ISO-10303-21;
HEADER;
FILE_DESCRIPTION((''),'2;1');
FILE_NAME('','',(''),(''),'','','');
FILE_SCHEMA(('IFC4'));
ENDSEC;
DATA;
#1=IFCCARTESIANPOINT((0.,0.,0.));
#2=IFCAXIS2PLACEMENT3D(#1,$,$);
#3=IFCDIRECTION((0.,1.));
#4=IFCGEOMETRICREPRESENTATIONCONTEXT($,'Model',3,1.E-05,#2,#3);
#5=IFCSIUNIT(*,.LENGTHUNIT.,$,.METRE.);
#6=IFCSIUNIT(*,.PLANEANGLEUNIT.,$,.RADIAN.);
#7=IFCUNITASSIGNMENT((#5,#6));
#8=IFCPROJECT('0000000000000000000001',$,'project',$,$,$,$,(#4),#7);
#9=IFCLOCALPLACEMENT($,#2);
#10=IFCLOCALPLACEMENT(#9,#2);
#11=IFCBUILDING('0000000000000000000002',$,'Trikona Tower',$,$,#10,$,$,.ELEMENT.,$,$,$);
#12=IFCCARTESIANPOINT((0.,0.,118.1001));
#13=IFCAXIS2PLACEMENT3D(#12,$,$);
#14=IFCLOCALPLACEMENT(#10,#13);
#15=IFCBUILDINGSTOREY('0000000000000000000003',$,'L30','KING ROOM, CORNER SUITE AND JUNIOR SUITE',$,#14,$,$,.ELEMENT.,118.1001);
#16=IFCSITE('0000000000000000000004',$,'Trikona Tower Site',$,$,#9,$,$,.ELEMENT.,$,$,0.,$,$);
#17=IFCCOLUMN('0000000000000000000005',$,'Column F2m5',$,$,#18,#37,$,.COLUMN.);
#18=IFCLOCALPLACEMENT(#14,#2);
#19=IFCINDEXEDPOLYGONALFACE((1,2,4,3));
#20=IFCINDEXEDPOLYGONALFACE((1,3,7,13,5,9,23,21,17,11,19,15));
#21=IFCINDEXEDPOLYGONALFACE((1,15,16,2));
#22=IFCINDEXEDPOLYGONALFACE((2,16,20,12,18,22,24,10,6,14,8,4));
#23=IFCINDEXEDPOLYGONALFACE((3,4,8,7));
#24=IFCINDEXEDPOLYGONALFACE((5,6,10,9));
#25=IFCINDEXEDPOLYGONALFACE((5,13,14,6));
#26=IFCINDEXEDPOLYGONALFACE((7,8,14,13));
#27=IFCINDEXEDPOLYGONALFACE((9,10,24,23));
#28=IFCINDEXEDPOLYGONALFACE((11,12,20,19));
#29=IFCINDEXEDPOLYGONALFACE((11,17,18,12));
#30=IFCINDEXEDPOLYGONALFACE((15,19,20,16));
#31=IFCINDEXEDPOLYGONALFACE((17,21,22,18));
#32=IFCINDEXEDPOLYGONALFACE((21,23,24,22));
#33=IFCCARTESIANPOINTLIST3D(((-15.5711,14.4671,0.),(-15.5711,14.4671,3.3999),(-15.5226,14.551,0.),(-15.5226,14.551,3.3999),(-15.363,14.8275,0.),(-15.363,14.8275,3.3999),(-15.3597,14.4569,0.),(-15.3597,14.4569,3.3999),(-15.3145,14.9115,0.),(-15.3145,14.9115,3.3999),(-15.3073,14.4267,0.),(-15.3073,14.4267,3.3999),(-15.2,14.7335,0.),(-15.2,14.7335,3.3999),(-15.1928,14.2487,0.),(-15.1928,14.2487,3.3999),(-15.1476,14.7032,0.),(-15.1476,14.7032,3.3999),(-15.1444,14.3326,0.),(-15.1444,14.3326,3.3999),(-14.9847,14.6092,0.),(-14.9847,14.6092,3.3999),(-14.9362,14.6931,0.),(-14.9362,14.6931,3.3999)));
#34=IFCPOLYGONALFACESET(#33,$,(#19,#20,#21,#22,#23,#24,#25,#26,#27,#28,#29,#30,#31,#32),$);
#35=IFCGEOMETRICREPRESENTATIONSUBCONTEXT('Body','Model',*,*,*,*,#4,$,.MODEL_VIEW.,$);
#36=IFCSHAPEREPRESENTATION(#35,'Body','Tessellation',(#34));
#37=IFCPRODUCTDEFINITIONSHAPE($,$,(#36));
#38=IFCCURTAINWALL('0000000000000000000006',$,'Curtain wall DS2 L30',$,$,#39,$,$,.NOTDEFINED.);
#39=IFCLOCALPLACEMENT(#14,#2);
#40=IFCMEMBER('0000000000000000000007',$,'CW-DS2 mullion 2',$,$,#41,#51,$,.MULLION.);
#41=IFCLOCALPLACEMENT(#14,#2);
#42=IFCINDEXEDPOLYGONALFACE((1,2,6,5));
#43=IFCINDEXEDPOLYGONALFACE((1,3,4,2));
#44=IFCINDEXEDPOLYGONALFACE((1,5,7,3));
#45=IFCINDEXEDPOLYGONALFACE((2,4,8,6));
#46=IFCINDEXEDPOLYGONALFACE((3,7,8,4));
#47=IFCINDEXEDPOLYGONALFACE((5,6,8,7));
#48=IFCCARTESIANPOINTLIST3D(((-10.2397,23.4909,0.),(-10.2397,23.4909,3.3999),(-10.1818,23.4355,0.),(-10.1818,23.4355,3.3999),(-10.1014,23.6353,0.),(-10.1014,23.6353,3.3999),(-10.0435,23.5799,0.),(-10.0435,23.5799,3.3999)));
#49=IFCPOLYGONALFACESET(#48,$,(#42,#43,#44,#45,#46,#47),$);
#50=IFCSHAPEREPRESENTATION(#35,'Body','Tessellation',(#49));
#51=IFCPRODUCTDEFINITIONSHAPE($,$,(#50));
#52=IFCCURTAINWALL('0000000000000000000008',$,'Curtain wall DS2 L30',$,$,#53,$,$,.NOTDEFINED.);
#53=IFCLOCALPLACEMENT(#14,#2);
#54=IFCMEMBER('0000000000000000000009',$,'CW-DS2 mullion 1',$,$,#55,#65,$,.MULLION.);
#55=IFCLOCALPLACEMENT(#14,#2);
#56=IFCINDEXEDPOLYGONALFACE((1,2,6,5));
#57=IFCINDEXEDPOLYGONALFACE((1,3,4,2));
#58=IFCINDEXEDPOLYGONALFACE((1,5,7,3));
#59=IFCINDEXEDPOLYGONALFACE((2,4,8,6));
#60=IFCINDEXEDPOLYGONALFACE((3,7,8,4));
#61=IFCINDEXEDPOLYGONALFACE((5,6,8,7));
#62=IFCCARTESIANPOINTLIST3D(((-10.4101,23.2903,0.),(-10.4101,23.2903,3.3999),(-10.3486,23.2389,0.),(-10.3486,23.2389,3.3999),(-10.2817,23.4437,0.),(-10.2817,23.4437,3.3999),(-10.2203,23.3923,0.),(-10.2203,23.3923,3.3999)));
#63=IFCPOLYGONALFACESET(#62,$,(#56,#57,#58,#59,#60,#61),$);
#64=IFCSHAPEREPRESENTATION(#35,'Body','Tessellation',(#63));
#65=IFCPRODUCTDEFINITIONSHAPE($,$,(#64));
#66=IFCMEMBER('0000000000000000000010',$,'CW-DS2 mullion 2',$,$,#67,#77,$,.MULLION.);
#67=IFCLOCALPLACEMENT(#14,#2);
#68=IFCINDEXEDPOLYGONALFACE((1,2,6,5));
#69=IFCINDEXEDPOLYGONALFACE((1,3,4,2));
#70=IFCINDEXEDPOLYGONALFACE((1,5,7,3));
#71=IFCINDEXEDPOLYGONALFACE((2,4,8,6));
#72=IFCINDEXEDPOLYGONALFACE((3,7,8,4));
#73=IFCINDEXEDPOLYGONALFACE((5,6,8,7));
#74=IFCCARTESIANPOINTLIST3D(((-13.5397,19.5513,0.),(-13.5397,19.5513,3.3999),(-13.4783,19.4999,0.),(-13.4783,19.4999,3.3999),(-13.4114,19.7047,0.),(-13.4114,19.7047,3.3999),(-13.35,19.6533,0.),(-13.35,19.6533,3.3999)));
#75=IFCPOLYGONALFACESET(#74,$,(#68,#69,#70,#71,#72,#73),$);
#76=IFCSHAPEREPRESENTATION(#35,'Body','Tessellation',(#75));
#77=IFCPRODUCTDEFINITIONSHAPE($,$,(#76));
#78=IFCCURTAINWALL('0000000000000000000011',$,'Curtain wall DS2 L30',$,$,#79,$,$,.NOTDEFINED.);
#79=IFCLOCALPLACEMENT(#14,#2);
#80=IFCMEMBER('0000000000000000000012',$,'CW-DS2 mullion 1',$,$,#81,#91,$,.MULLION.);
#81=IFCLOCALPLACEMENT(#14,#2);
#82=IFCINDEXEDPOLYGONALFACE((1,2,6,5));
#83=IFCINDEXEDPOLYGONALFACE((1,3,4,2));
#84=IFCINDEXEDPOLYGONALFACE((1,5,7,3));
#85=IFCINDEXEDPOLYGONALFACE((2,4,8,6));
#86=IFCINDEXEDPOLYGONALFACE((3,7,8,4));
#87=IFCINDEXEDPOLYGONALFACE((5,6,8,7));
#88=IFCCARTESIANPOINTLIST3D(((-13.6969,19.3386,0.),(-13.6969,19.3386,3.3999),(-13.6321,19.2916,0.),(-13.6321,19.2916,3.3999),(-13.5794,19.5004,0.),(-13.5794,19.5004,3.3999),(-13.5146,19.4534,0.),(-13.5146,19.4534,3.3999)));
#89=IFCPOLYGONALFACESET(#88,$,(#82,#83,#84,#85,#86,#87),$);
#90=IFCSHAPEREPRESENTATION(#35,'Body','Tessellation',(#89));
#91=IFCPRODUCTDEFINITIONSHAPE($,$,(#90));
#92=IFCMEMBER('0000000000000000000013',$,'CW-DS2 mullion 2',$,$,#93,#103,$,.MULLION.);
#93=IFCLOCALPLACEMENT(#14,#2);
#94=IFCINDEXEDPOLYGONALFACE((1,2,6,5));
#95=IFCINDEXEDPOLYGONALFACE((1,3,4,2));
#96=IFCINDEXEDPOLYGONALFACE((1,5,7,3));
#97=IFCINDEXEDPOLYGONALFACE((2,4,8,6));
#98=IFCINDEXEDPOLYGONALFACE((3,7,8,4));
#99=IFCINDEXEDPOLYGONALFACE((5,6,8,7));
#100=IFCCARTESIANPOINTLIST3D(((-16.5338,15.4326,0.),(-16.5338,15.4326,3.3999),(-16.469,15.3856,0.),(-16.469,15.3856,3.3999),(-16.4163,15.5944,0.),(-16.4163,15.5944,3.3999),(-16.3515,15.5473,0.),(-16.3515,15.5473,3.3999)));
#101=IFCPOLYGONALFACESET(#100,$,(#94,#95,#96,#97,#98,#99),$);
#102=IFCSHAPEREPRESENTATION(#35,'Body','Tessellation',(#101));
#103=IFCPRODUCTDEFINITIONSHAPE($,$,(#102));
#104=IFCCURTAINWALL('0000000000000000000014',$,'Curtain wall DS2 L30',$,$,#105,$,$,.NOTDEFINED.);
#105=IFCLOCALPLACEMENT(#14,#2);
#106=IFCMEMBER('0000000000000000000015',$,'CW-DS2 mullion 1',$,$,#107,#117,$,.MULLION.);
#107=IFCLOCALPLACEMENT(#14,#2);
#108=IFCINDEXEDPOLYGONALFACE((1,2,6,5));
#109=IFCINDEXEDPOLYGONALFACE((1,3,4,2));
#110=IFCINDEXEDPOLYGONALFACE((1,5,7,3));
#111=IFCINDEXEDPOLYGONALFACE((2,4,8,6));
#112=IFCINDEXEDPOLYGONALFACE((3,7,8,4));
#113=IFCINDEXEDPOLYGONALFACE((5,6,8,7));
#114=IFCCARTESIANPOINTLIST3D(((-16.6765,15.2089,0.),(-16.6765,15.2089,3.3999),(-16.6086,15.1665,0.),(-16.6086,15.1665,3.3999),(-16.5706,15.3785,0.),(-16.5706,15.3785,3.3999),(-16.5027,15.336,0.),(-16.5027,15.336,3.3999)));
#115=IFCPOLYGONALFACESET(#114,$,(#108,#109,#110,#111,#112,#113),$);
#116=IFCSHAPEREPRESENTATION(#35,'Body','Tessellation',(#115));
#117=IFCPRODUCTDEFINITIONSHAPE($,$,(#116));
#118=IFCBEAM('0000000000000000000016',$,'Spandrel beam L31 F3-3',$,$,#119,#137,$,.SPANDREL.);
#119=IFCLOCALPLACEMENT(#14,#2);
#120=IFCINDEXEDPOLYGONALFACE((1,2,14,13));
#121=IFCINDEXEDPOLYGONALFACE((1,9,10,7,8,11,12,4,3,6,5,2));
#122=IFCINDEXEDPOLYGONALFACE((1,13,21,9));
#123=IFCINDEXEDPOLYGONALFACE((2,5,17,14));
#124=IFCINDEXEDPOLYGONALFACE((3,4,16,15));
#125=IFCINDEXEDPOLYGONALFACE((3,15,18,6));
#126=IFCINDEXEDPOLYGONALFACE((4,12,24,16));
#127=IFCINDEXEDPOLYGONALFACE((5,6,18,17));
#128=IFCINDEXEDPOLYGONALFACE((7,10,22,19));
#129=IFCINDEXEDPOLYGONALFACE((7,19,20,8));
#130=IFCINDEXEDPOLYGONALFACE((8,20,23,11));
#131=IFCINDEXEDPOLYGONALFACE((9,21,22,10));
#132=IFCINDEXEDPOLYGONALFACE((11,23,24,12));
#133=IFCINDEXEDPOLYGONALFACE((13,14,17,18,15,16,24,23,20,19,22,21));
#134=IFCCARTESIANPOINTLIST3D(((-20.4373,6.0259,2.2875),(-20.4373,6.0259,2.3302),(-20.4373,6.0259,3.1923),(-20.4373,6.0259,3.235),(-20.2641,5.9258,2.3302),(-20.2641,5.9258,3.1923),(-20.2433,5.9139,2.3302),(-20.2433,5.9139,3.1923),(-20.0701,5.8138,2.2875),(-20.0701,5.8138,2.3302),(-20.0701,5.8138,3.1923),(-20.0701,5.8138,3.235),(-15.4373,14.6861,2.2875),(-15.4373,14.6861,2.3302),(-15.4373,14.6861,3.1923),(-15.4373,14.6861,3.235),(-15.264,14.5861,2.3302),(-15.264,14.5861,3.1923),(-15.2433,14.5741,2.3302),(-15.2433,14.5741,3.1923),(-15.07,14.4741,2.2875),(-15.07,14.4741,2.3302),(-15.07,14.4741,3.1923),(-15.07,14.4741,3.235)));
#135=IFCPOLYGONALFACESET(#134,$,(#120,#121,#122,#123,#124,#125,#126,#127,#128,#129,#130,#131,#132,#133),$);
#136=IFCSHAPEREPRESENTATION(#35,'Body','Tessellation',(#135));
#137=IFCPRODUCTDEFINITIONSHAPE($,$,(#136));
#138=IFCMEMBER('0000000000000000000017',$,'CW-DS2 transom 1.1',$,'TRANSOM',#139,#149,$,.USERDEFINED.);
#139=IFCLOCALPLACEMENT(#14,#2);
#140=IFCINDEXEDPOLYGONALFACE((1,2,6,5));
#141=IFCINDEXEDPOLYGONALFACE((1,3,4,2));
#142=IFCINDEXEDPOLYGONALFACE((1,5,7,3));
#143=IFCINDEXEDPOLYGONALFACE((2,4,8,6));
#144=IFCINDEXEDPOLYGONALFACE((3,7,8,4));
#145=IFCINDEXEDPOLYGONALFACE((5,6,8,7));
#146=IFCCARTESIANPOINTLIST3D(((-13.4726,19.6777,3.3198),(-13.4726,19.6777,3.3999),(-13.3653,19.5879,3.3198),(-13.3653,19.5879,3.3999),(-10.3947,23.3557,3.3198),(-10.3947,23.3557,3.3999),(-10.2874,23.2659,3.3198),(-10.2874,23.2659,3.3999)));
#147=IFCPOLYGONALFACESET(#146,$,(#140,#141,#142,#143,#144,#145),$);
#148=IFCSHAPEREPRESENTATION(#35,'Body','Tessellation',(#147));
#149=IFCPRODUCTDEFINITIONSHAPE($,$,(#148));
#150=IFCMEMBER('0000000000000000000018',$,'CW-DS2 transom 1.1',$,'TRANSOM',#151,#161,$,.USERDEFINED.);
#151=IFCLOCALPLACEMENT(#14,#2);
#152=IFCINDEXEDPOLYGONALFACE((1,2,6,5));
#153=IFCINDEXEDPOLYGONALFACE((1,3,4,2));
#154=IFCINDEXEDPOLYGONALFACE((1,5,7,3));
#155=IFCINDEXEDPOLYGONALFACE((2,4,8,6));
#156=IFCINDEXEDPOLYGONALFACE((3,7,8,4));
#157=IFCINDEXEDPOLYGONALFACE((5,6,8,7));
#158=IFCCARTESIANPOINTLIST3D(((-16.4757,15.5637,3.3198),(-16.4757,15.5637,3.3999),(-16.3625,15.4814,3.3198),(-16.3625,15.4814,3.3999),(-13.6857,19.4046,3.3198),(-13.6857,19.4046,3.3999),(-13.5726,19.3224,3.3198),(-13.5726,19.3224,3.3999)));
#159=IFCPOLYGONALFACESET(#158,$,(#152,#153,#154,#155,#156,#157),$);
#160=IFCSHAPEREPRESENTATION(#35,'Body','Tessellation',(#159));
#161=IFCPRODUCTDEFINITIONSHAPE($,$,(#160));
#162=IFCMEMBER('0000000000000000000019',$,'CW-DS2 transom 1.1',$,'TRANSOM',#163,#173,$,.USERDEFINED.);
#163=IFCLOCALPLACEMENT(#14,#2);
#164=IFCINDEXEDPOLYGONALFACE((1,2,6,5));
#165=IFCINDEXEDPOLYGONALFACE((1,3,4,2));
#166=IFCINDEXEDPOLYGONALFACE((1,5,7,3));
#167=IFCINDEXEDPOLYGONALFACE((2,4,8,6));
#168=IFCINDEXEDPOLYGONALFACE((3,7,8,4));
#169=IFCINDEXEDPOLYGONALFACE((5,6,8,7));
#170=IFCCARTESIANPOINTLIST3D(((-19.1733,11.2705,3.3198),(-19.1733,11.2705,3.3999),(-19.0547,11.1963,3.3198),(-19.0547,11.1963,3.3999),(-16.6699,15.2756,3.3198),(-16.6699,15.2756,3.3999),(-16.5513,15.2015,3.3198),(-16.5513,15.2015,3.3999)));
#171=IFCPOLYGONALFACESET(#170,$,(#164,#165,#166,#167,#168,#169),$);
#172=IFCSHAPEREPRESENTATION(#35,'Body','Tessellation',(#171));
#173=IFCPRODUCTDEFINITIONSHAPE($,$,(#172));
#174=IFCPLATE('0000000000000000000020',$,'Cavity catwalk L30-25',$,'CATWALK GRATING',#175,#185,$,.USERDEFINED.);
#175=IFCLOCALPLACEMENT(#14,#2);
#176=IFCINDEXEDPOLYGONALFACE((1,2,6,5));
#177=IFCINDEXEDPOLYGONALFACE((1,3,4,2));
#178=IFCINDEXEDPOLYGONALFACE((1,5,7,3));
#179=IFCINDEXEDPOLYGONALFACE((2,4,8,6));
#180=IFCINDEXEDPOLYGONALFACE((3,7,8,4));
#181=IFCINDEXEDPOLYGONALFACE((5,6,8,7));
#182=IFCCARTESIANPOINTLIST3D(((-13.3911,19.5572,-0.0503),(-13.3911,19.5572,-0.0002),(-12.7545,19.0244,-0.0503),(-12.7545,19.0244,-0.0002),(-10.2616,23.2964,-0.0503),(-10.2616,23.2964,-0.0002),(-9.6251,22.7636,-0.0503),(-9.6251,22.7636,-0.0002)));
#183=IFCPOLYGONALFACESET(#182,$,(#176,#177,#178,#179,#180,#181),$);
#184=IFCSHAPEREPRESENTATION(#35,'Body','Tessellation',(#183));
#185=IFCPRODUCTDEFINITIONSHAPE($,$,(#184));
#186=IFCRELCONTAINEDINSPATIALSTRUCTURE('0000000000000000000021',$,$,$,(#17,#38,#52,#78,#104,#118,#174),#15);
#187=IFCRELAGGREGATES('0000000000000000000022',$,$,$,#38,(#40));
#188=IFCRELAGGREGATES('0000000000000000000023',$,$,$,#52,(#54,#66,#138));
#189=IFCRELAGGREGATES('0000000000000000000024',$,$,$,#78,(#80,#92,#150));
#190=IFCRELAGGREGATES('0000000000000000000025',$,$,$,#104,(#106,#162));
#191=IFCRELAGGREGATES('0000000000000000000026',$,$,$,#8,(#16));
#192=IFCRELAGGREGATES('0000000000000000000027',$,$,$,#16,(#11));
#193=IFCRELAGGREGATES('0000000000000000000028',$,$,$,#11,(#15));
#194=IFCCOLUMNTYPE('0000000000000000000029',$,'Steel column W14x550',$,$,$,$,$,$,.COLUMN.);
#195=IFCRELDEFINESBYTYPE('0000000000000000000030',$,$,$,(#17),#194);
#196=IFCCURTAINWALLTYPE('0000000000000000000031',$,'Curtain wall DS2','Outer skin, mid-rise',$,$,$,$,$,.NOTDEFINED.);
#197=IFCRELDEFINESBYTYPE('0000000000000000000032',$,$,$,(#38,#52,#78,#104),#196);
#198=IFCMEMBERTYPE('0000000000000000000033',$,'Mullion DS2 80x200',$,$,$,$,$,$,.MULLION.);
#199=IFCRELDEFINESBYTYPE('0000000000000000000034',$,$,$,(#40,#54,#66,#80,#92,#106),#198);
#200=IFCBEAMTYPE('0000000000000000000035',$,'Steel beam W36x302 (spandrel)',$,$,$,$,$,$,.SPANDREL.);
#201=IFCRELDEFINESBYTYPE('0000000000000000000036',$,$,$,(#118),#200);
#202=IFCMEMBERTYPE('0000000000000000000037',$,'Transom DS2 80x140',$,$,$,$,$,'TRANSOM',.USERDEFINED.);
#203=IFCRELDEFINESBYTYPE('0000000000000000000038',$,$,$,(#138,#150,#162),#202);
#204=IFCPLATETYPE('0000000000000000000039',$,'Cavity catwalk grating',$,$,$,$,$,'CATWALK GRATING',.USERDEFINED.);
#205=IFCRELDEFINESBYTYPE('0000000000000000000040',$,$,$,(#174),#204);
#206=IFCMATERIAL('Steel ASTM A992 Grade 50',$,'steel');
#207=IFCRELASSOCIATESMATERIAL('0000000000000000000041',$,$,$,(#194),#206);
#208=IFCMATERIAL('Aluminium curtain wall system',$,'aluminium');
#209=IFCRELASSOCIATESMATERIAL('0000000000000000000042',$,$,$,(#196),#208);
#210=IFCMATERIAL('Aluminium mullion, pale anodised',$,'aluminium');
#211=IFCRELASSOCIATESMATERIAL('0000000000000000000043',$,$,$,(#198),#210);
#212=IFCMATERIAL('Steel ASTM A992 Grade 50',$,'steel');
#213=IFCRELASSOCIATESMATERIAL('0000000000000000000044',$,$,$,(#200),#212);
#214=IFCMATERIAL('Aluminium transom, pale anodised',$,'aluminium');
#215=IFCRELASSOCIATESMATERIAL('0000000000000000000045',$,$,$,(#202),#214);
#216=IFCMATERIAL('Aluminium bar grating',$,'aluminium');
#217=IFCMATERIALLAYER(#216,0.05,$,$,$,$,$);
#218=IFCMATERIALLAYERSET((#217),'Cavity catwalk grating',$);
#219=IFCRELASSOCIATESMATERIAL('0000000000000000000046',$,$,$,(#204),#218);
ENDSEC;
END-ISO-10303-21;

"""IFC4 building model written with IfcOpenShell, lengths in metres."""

from ifc_helpers import new_model, si_unit, direction, frame, origin, origin_2d, place, context, subcontext, project, spatial, rectangle, i_section, extrude, material, layer, layer_set, material_profile, profile_set, type_object, element, aggregate, save


model = new_model("IFC4")

# Units and contexts
model_context = context("Model", 3, precision=1e-05, world=origin(), true_north=direction((0.0, 1.0)))
body_context = subcontext(model_context, "Body", "Model", "MODEL_VIEW")
ifc_project = project(units=[si_unit("LENGTHUNIT", "METRE"), si_unit("PLANEANGLEUNIT", "RADIAN")], contexts=[model_context])

# Site, building, storey
site_placement = place(None, origin())
site = spatial("IfcSite", under=ifc_project, at=site_placement, Name="Trikona Tower Site", CompositionType="ELEMENT", RefElevation=0.0)
building_placement = place(site_placement, origin())
building = spatial("IfcBuilding", under=site, at=building_placement, Name="Trikona Tower", CompositionType="ELEMENT")
storey_placement = place(building_placement, frame((0.0, 0.0, 118.1001)))
storey = spatial("IfcBuildingStorey", under=building, at=storey_placement, Name="L30", Description="KING ROOM, CORNER SUITE AND JUNIOR SUITE", CompositionType="ELEMENT", Elevation=118.1001)

# Column
ifc_material_1 = material(Name="Steel ASTM A992 Grade 50", Category="steel")
ifc_material_profile_1 = material_profile(ifc_material_1, i_section(OverallWidth=0.4368, OverallDepth=0.5132, WebThickness=0.0605, FlangeThickness=0.0969, at=origin_2d()), Name="W14X550")
ifc_profile_set_1 = profile_set([ifc_material_profile_1], Name="Steel ASTM A992 Grade 50")
column_type = type_object("IfcColumnType", Name="Steel column W14x550", PredefinedType="COLUMN", material=ifc_profile_set_1)
column_placement = place(storey_placement, frame((-15.2537, 14.5801, 0.0), z_axis=(0.0, 0.0, 1.0), x_axis=(-0.866025, 0.5, 0.0)))
element("IfcColumn", 1, at=column_placement, inside=storey, type_object=column_type, Name="Column F2m5", PredefinedType="COLUMN", context=body_context, shape_type="SweptSolid", body=[
    extrude(i_section(OverallWidth=0.4368, OverallDepth=0.5132, WebThickness=0.0605, FlangeThickness=0.0969, at=origin_2d()), origin(), (0.0, 0.0, 1.0), 3.3999),
])

# Curtain wall, member
ifc_material_2 = material(Name="Aluminium curtain wall system", Category="aluminium")
curtain_wall_type = type_object("IfcCurtainWallType", Name="Curtain wall DS2", Description="Outer skin, mid-rise", PredefinedType="NOTDEFINED", material=ifc_material_2)
curtain_wall_1_placement = place(storey_placement, origin())
curtain_wall_1 = element("IfcCurtainWall", 2, at=curtain_wall_1_placement, inside=storey, type_object=curtain_wall_type, Name="Curtain wall DS2 L30", PredefinedType="NOTDEFINED")
ifc_material_3 = material(Name="Aluminium mullion, pale anodised", Category="aluminium")
ifc_material_profile_2 = material_profile(ifc_material_3, rectangle(XDim=0.0801, YDim=0.2, at=origin_2d()), Name="MUL-DS2")
ifc_profile_set_2 = profile_set([ifc_material_profile_2], Name="Aluminium mullion, pale anodised")
member_type_1 = type_object("IfcMemberType", Name="Mullion DS2 80x200", PredefinedType="MULLION", material=ifc_profile_set_2)
member_1_placement = place(storey_placement, frame((-10.1416, 23.5354, 0.0), z_axis=(0.0, 0.0, 1.0), x_axis=(0.722158, -0.691728, 0.0)))
member_1 = element("IfcMember", 3, at=member_1_placement, type_object=member_type_1, Name="CW-DS2 mullion 2", PredefinedType="MULLION", context=body_context, shape_type="SweptSolid", body=[
    extrude(rectangle(XDim=0.0801, YDim=0.2, at=origin_2d()), origin(), (0.0, 0.0, 1.0), 3.3999),
])
aggregate(curtain_wall_1, [member_1])

# Curtain walls, members
curtain_wall_2_placement = place(storey_placement, origin())
curtain_wall_2 = element("IfcCurtainWall", 4, at=curtain_wall_2_placement, inside=storey, type_object=curtain_wall_type, Name="Curtain wall DS2 L30", PredefinedType="NOTDEFINED")
member_2_placement = place(storey_placement, frame((-10.3152, 23.3413, 0.0), z_axis=(0.0, 0.0, 1.0), x_axis=(0.766867, -0.641806, 0.0)))
member_2 = element("IfcMember", 5, at=member_2_placement, type_object=member_type_1, Name="CW-DS2 mullion 1", PredefinedType="MULLION", context=body_context, shape_type="SweptSolid", body=[
    extrude(rectangle(XDim=0.0801, YDim=0.2, at=origin_2d()), origin(), (0.0, 0.0, 1.0), 3.3999),
])
member_3_placement = place(storey_placement, frame((-13.4448, 19.6023, 0.0), z_axis=(0.0, 0.0, 1.0), x_axis=(0.766867, -0.641806, 0.0)))
member_3 = element("IfcMember", 6, at=member_3_placement, type_object=member_type_1, Name="CW-DS2 mullion 2", PredefinedType="MULLION", context=body_context, shape_type="SweptSolid", body=[
    extrude(rectangle(XDim=0.0801, YDim=0.2, at=origin_2d()), origin(), (0.0, 0.0, 1.0), 3.3999),
])
curtain_wall_3_placement = place(storey_placement, origin())
curtain_wall_3 = element("IfcCurtainWall", 7, at=curtain_wall_3_placement, inside=storey, type_object=curtain_wall_type, Name="Curtain wall DS2 L30", PredefinedType="NOTDEFINED")
member_4_placement = place(storey_placement, frame((-13.6057, 19.396, 0.0), z_axis=(0.0, 0.0, 1.0), x_axis=(0.809086, -0.587691, 0.0)))
member_4 = element("IfcMember", 8, at=member_4_placement, type_object=member_type_1, Name="CW-DS2 mullion 1", PredefinedType="MULLION", context=body_context, shape_type="SweptSolid", body=[
    extrude(rectangle(XDim=0.0801, YDim=0.2, at=origin_2d()), origin(), (0.0, 0.0, 1.0), 3.3999),
])
member_5_placement = place(storey_placement, frame((-16.4426, 15.49, 0.0), z_axis=(0.0, 0.0, 1.0), x_axis=(0.809086, -0.587691, 0.0)))
member_5 = element("IfcMember", 9, at=member_5_placement, type_object=member_type_1, Name="CW-DS2 mullion 2", PredefinedType="MULLION", context=body_context, shape_type="SweptSolid", body=[
    extrude(rectangle(XDim=0.0801, YDim=0.2, at=origin_2d()), origin(), (0.0, 0.0, 1.0), 3.3999),
])

# Curtain wall, member
curtain_wall_4_placement = place(storey_placement, origin())
curtain_wall_4 = element("IfcCurtainWall", 10, at=curtain_wall_4_placement, inside=storey, type_object=curtain_wall_type, Name="Curtain wall DS2 L30", PredefinedType="NOTDEFINED")
member_6_placement = place(storey_placement, frame((-16.5896, 15.2725, 0.0), z_axis=(0.0, 0.0, 1.0), x_axis=(0.847998, -0.529999, 0.0)))
member_6 = element("IfcMember", 11, at=member_6_placement, type_object=member_type_1, Name="CW-DS2 mullion 1", PredefinedType="MULLION", context=body_context, shape_type="SweptSolid", body=[
    extrude(rectangle(XDim=0.0801, YDim=0.2, at=origin_2d()), origin(), (0.0, 0.0, 1.0), 3.3999),
])

# Beam
ifc_material_4 = material(Name="Steel ASTM A992 Grade 50", Category="steel")
ifc_material_profile_3 = material_profile(ifc_material_4, i_section(OverallWidth=0.4241, OverallDepth=0.9475, WebThickness=0.0239, FlangeThickness=0.0427, at=origin_2d()), Name="W36X302")
ifc_profile_set_3 = profile_set([ifc_material_profile_3], Name="Steel ASTM A992 Grade 50")
beam_type = type_object("IfcBeamType", Name="Steel beam W36x302 (spandrel)", PredefinedType="SPANDREL", material=ifc_profile_set_3)
beam_placement = place(storey_placement, frame((-15.2537, 14.5801, 2.7612), z_axis=(-0.500004, -0.866023, 0.0), x_axis=(0.866023, -0.500004, 0.0)))
element("IfcBeam", 12, at=beam_placement, inside=storey, type_object=beam_type, Name="Spandrel beam L31 F3-3", PredefinedType="SPANDREL", context=body_context, shape_type="SweptSolid", body=[
    extrude(i_section(OverallWidth=0.4241, OverallDepth=0.9475, WebThickness=0.0239, FlangeThickness=0.0427, at=origin_2d()), origin(), (0.0, 0.0, 1.0), 10.0),
])

# Members
ifc_material_5 = material(Name="Aluminium transom, pale anodised", Category="aluminium")
ifc_material_profile_4 = material_profile(ifc_material_5, rectangle(XDim=0.1399, YDim=0.0801, at=origin_2d()), Name="TRN-DS2")
ifc_profile_set_4 = profile_set([ifc_material_profile_4], Name="Aluminium transom, pale anodised")
member_type_2 = type_object("IfcMemberType", Name="Transom DS2 80x140", ElementType="TRANSOM", PredefinedType="USERDEFINED", material=ifc_profile_set_4)
member_7_placement = place(storey_placement, frame((-10.3411, 23.3108, 3.3599), z_axis=(-0.64177, -0.766897, 0.0), x_axis=(0.766897, -0.64177, 0.0)))
member_7 = element("IfcMember", 13, at=member_7_placement, type_object=member_type_2, Name="CW-DS2 transom 1.1", ObjectType="TRANSOM", PredefinedType="USERDEFINED", context=body_context, shape_type="SweptSolid", body=[
    extrude(rectangle(XDim=0.1399, YDim=0.0801, at=origin_2d()), origin(), (0.0, 0.0, 1.0), 4.7959),
])
member_8_placement = place(storey_placement, frame((-13.6292, 19.3635, 3.3599), z_axis=(-0.587695, -0.809083, 0.0), x_axis=(0.809083, -0.587695, 0.0)))
member_8 = element("IfcMember", 14, at=member_8_placement, type_object=member_type_2, Name="CW-DS2 transom 1.1", ObjectType="TRANSOM", PredefinedType="USERDEFINED", context=body_context, shape_type="SweptSolid", body=[
    extrude(rectangle(XDim=0.1399, YDim=0.0801, at=origin_2d()), origin(), (0.0, 0.0, 1.0), 4.7473),
])
member_9_placement = place(storey_placement, frame((-16.6106, 15.2385, 3.3599), z_axis=(-0.530031, -0.847978, 0.0), x_axis=(0.847978, -0.530031, 0.0)))
member_9 = element("IfcMember", 15, at=member_9_placement, type_object=member_type_2, Name="CW-DS2 transom 1.1", ObjectType="TRANSOM", PredefinedType="USERDEFINED", context=body_context, shape_type="SweptSolid", body=[
    extrude(rectangle(XDim=0.1399, YDim=0.0801, at=origin_2d()), origin(), (0.0, 0.0, 1.0), 4.7231),
])

# Plate
ifc_material_6 = material(Name="Aluminium bar grating", Category="aluminium")
ifc_layer_1 = layer(ifc_material_6, 0.05)
ifc_layer_set_1 = layer_set([ifc_layer_1], Name="Cavity catwalk grating")
plate_type_1 = type_object("IfcPlateType", Name="Cavity catwalk grating", ElementType="CATWALK GRATING", PredefinedType="USERDEFINED", material=ifc_layer_set_1)
plate_1_placement = place(storey_placement, frame((-11.5081, 21.1604, -0.0503), z_axis=(0.0, 0.0, 1.0), x_axis=(-0.641807, -0.766866, 0.0)))
element("IfcPlate", 16, at=plate_1_placement, inside=storey, type_object=plate_type_1, Name="Cavity catwalk L30-25", ObjectType="CATWALK GRATING", PredefinedType="USERDEFINED", context=body_context, shape_type="SweptSolid", body=[
    extrude(rectangle(XDim=4.876, YDim=0.8301, at=origin_2d()), origin(), (0.0, 0.0, 1.0), 0.05),
])

aggregate(curtain_wall_2, [member_2, member_3, member_7])
aggregate(curtain_wall_3, [member_4, member_5, member_8])
aggregate(curtain_wall_4, [member_6, member_9])

save(model, "model.ifc")
